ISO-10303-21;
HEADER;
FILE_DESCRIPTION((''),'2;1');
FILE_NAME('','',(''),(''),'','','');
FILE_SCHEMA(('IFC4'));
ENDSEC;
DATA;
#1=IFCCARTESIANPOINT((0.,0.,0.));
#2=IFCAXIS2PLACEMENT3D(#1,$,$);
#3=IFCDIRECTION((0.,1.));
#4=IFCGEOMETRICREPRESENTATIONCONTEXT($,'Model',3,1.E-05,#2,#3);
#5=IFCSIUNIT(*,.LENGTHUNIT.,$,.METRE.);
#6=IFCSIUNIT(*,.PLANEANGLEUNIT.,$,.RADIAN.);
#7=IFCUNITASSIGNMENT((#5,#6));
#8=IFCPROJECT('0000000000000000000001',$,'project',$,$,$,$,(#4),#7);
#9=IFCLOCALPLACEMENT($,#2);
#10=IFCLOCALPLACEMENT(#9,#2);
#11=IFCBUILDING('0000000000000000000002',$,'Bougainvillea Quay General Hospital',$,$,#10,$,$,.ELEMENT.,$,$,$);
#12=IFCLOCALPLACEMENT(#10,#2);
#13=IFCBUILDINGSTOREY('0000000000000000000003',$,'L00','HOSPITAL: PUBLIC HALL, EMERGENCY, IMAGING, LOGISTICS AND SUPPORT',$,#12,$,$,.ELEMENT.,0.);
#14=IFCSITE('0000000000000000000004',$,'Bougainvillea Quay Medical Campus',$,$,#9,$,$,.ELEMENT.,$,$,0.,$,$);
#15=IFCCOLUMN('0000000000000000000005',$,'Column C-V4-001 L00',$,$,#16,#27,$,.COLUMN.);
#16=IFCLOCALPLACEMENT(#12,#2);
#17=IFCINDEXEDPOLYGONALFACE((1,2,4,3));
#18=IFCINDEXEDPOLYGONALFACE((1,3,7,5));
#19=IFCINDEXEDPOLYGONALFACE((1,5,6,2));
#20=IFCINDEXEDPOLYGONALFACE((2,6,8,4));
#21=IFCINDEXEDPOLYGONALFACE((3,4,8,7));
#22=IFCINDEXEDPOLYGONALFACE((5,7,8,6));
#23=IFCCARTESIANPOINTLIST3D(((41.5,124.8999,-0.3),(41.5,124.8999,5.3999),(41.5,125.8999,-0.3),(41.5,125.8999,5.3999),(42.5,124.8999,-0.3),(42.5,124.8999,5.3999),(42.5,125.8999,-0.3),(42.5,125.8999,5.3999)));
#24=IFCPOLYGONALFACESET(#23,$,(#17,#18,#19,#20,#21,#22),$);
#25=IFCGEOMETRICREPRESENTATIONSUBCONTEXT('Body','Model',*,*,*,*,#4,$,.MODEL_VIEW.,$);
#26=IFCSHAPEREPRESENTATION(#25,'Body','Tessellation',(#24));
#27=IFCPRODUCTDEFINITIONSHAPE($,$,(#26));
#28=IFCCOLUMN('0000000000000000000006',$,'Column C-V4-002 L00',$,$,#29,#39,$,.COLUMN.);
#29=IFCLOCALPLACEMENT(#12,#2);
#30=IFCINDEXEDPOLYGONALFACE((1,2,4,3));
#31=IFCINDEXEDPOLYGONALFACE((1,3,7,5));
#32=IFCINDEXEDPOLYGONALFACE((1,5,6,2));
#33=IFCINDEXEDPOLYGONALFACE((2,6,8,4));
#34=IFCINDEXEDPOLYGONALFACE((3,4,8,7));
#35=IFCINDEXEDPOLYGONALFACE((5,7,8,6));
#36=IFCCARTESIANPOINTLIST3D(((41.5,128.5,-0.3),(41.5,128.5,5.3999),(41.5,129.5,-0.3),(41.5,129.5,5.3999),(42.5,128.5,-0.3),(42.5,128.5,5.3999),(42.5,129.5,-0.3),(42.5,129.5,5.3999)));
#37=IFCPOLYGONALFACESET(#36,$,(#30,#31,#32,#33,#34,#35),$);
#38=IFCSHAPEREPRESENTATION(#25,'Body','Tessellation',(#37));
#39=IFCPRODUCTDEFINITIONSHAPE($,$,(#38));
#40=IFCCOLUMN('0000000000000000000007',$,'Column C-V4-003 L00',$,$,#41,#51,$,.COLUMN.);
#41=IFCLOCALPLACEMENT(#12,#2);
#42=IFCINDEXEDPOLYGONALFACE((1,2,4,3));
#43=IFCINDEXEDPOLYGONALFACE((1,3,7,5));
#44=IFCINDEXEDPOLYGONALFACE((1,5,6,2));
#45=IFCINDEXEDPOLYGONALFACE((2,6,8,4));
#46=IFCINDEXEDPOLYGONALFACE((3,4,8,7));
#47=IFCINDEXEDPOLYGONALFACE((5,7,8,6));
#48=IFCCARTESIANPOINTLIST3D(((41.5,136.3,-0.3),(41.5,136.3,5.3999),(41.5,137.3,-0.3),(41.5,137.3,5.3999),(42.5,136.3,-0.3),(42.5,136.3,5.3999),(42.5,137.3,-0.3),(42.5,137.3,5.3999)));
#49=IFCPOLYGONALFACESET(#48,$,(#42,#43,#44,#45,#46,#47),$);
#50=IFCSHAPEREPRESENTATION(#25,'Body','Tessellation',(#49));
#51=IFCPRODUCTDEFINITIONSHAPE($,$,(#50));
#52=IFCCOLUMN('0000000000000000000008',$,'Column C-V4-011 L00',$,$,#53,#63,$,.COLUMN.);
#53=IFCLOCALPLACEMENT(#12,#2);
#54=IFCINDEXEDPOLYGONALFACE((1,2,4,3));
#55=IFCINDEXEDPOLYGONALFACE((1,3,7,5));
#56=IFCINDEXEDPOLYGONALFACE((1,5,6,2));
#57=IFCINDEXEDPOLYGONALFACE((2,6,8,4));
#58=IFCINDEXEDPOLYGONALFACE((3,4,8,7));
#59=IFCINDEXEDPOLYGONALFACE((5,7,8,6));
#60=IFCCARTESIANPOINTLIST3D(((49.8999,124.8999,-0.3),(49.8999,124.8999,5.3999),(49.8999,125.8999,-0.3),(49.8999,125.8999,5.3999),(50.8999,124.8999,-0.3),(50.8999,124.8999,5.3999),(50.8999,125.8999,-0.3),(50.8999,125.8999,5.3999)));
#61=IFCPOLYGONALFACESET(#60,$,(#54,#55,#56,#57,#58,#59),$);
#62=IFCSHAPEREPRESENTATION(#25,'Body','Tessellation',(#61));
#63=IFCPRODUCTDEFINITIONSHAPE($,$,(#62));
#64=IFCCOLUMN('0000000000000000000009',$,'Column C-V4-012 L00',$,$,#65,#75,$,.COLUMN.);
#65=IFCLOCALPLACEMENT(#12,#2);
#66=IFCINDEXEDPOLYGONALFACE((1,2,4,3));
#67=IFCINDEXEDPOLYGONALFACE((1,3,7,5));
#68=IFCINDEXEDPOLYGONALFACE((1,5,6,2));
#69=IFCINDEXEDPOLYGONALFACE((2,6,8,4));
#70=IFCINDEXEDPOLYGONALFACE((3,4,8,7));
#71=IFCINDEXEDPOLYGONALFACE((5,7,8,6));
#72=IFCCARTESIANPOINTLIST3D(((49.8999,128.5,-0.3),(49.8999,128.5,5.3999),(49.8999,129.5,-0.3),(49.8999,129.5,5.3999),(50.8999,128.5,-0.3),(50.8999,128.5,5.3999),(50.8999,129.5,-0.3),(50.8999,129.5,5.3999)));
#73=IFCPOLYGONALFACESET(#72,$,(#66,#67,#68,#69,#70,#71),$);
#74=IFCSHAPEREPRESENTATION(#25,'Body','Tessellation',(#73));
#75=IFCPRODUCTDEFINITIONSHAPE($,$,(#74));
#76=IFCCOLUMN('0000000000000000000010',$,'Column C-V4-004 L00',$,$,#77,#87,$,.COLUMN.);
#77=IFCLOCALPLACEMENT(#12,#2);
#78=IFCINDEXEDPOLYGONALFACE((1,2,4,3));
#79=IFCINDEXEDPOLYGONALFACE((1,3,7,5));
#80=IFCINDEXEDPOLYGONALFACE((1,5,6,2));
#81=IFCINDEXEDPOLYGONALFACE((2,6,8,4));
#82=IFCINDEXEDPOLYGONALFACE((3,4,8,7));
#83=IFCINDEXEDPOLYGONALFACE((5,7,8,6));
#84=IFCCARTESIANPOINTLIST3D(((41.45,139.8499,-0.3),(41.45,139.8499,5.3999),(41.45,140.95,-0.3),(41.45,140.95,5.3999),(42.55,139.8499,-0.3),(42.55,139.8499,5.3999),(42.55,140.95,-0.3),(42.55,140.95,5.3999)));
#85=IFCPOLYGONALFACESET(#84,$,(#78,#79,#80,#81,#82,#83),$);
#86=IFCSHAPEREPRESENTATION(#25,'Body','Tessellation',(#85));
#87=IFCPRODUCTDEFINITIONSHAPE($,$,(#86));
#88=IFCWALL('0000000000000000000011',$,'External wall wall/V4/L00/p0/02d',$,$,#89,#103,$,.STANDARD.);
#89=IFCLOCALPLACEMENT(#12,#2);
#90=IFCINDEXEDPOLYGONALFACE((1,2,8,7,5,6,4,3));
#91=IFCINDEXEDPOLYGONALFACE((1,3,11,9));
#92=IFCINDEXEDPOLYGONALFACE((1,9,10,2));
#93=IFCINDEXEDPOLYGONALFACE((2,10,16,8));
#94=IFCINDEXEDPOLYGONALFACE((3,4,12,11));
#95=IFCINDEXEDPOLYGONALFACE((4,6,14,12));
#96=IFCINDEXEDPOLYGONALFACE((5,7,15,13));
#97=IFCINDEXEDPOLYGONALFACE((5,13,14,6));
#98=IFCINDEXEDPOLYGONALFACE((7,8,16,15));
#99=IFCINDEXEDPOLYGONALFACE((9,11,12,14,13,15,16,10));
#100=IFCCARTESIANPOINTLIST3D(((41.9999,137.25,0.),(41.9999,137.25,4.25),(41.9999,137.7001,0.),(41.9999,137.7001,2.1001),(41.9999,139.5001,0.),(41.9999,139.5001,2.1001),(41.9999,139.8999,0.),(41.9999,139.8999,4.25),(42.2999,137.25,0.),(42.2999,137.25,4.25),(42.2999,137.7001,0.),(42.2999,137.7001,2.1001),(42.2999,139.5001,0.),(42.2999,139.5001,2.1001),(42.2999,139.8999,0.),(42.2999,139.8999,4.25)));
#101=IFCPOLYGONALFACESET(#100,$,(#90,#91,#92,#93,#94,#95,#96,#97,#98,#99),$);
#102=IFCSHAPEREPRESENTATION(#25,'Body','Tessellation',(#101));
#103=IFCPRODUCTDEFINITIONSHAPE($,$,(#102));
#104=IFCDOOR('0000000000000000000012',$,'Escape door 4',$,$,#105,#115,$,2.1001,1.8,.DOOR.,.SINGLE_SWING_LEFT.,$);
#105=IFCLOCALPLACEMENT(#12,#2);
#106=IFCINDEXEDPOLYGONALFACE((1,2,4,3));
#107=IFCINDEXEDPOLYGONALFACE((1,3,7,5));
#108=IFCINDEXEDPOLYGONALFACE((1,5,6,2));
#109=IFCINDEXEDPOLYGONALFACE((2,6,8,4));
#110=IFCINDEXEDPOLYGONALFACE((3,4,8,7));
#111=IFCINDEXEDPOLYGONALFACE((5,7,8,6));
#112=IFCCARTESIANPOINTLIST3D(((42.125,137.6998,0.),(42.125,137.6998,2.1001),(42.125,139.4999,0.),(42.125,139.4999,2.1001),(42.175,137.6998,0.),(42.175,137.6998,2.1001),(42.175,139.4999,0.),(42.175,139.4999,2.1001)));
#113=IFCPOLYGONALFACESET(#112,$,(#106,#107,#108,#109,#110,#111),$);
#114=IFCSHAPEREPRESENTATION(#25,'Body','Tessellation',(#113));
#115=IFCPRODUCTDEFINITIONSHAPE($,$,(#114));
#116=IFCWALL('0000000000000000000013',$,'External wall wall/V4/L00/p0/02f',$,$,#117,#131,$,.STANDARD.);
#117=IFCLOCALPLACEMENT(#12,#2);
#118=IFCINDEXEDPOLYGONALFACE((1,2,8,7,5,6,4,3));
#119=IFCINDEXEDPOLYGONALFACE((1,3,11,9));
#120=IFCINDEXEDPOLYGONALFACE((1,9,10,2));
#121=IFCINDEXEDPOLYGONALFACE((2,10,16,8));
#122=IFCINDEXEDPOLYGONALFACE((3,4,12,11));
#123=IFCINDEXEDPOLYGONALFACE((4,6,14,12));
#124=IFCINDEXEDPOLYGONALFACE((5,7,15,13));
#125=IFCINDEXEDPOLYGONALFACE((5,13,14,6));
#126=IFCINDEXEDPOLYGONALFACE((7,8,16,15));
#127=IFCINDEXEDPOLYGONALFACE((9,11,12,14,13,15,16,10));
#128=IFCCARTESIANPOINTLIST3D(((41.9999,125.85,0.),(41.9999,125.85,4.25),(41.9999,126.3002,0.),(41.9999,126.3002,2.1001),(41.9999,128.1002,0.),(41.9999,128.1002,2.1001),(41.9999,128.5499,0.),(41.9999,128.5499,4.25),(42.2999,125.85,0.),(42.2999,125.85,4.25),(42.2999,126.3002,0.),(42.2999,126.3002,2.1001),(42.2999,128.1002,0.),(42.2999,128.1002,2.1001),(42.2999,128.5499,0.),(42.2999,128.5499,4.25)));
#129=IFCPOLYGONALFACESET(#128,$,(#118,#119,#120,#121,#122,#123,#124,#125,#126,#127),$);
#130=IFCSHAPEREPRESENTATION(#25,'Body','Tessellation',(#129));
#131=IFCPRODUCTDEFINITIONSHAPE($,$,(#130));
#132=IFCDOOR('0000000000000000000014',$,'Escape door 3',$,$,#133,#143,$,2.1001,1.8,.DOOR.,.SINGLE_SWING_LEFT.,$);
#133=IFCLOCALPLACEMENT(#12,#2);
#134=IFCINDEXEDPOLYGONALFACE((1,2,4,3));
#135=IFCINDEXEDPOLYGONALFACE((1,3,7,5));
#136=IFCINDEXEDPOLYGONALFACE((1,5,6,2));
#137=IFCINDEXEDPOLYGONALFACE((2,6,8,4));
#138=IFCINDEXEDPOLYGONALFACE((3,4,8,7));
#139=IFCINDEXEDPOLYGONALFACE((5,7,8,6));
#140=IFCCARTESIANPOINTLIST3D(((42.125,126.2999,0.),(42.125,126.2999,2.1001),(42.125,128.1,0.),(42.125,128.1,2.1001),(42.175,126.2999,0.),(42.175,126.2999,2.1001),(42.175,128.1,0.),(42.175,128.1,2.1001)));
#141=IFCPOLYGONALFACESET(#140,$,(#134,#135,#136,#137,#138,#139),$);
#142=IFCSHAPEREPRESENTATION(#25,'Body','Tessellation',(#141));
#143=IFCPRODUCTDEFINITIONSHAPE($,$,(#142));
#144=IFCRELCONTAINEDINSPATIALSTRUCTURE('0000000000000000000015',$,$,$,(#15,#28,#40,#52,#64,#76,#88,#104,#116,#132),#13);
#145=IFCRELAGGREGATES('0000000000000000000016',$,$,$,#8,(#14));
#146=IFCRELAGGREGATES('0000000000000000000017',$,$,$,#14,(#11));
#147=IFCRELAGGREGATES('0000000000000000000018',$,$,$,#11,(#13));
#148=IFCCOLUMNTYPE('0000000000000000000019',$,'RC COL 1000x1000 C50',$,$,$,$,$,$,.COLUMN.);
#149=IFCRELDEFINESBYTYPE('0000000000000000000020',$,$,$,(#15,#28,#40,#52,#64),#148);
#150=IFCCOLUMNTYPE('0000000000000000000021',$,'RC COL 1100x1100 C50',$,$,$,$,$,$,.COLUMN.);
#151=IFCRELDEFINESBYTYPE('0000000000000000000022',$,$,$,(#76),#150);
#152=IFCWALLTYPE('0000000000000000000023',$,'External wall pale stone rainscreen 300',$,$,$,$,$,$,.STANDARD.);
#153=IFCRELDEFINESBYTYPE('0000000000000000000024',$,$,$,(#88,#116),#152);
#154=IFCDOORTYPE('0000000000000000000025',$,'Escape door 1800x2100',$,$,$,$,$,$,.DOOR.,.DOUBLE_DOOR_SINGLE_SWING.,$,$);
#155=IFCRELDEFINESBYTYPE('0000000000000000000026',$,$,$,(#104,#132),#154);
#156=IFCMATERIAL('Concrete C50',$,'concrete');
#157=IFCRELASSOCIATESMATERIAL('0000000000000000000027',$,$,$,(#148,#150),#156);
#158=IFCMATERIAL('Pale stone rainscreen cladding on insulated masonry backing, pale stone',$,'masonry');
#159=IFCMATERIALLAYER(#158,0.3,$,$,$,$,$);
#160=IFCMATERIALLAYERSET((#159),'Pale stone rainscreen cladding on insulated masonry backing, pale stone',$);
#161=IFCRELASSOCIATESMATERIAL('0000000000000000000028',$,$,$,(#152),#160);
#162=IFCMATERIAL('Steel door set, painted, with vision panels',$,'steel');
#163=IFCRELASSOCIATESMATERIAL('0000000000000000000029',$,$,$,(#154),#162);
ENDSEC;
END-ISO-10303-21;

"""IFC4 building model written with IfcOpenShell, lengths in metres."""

from ifc_helpers import new_model, si_unit, direction, frame, frame_2d, origin, origin_2d, place, context, subcontext, project, spatial, rectangle, extrude, material, layer, layer_set, material_profile, profile_set, type_object, element, fill, save


model = new_model("IFC4")

# Units and contexts
model_context = context("Model", 3, precision=1e-05, world=origin(), true_north=direction((0.0, 1.0)))
body_context = subcontext(model_context, "Body", "Model", "MODEL_VIEW")
ifc_project = project(units=[si_unit("LENGTHUNIT", "METRE"), si_unit("PLANEANGLEUNIT", "RADIAN")], contexts=[model_context])

# Site, building, storey
site_placement = place(None, origin())
site = spatial("IfcSite", under=ifc_project, at=site_placement, Name="Bougainvillea Quay Medical Campus", CompositionType="ELEMENT", RefElevation=0.0)
building_placement = place(site_placement, origin())
building = spatial("IfcBuilding", under=site, at=building_placement, Name="Bougainvillea Quay General Hospital", CompositionType="ELEMENT")
storey_placement = place(building_placement, origin())
storey = spatial("IfcBuildingStorey", under=building, at=storey_placement, Name="L00", Description="HOSPITAL: PUBLIC HALL, EMERGENCY, IMAGING, LOGISTICS AND SUPPORT", CompositionType="ELEMENT", Elevation=0.0)

# Columns
ifc_material_1 = material(Name="Concrete C50", Category="concrete")
ifc_material_profile_1 = material_profile(ifc_material_1, rectangle(XDim=1.0, YDim=1.0, at=origin_2d()))
ifc_profile_set_1 = profile_set([ifc_material_profile_1], Name="Concrete C50")
column_type_1 = type_object("IfcColumnType", Name="RC COL 1000x1000 C50", PredefinedType="COLUMN", material=ifc_profile_set_1)
for number, where, z_axis, x_axis, name in (
    (1, (42.0, 125.3999, -0.3), (0.0, 0.0, 1.0), (1.0, 0.0, 0.0), "Column C-V4-001 L00"),
    (2, (42.0, 129.0, -0.3), (0.0, 0.0, 1.0), (1.0, 0.0, 0.0), "Column C-V4-002 L00"),
    (3, (42.0, 136.8, -0.3), (0.0, 0.0, 1.0), (1.0, 0.0, 0.0), "Column C-V4-003 L00"),
    (4, (50.3999, 125.3999, -0.3), (0.0, 0.0, 1.0), (1.0, 0.0, 0.0), "Column C-V4-011 L00"),
    (5, (50.3999, 129.0, -0.3), (0.0, 0.0, 1.0), (1.0, 0.0, 0.0), "Column C-V4-012 L00"),
):
    element("IfcColumn", number, at=place(storey_placement, frame(where, z_axis=z_axis, x_axis=x_axis)), inside=storey, type_object=column_type_1, Name=name, PredefinedType="COLUMN", context=body_context, shape_type="SweptSolid", body=[
        extrude(rectangle(XDim=1.0, YDim=1.0, at=origin_2d()), origin(), (0.0, 0.0, 1.0), 5.7),
    ])
ifc_material_profile_2 = material_profile(ifc_material_1, rectangle(XDim=1.1001, YDim=1.1001, at=origin_2d()))
ifc_profile_set_2 = profile_set([ifc_material_profile_2], Name="Concrete C50")
column_type_2 = type_object("IfcColumnType", Name="RC COL 1100x1100 C50", PredefinedType="COLUMN", material=ifc_profile_set_2)
column_placement = place(storey_placement, frame((42.0, 140.3999, -0.3), z_axis=(0.0, 0.0, 1.0), x_axis=(1.0, 0.0, 0.0)))
element("IfcColumn", 6, at=column_placement, inside=storey, type_object=column_type_2, Name="Column C-V4-004 L00", PredefinedType="COLUMN", context=body_context, shape_type="SweptSolid", body=[
    extrude(rectangle(XDim=1.1001, YDim=1.1001, at=origin_2d()), origin(), (0.0, 0.0, 1.0), 5.7),
])

# Walls, openings, doors
ifc_material_2 = material(Name="Pale stone rainscreen cladding on insulated masonry backing, pale stone", Category="masonry")
ifc_layer_1 = layer(ifc_material_2, 0.3)
ifc_layer_set_1 = layer_set([ifc_layer_1], Name="Pale stone rainscreen cladding on insulated masonry backing, pale stone")
wall_type_1 = type_object("IfcWallType", Name="External wall pale stone rainscreen 300", PredefinedType="STANDARD", material=ifc_layer_set_1)
wall_1_placement = place(storey_placement, frame((42.1499, 139.8999, 0.0), z_axis=(0.0, 0.0, 1.0), x_axis=(0.0, -1.0, 0.0)))
wall_1 = element("IfcWall", 7, at=wall_1_placement, inside=storey, type_object=wall_type_1, Name="External wall wall/V4/L00/p0/02d", PredefinedType="STANDARD", context=body_context, shape_type="SweptSolid", body=[
    extrude(rectangle(XDim=2.6499, YDim=0.3, at=frame_2d((1.325, 0.0))), origin(), (0.0, 0.0, 1.0), 4.25),
])
opening_1_placement = place(wall_1_placement, frame((0.3999, 0.0, 0.0)))
opening_1 = element("IfcOpeningElement", 8, at=opening_1_placement, cuts=wall_1, PredefinedType="OPENING", context=body_context, shape_type="SweptSolid", body=[
    extrude(rectangle(XDim=1.8, YDim=2.1001, at=frame_2d((0.8999, 1.05))), frame((0.0, 0.1599, 0.0), z_axis=(0.0, -1.0, 0.0), x_axis=(1.0, 0.0, 0.0)), (0.0, 0.0, 1.0), 0.3201),
])
ifc_material_3 = material(Name="Steel door set, painted, with vision panels", Category="steel")
door_type_1 = type_object("IfcDoorType", Name="Escape door 1800x2100", OperationType="DOUBLE_DOOR_SINGLE_SWING", PredefinedType="DOOR", material=ifc_material_3)
door_1_placement = place(opening_1_placement, frame((1.8, 0.0, 0.0), z_axis=(0.0, 0.0, 1.0), x_axis=(-1.0, 0.0, 0.0)))
door_1 = element("IfcDoor", 9, at=door_1_placement, inside=storey, type_object=door_type_1, Name="Escape door 4", OperationType="SINGLE_SWING_LEFT", OverallHeight=2.1001, OverallWidth=1.8, PredefinedType="DOOR", context=body_context, shape_type="SweptSolid", body=[
    extrude(rectangle(XDim=1.8, YDim=2.1001, at=frame_2d((0.8999, 1.05))), frame((0.0, 0.0249, 0.0), z_axis=(0.0, -1.0, 0.0), x_axis=(1.0, 0.0, 0.0)), (0.0, 0.0, 1.0), 0.05),
])
fill(opening_1, door_1)
wall_2_placement = place(storey_placement, frame((42.1499, 128.55, 0.0), z_axis=(0.0, 0.0, 1.0), x_axis=(0.0, -1.0, 0.0)))
wall_2 = element("IfcWall", 10, at=wall_2_placement, inside=storey, type_object=wall_type_1, Name="External wall wall/V4/L00/p0/02f", PredefinedType="STANDARD", context=body_context, shape_type="SweptSolid", body=[
    extrude(rectangle(XDim=2.7, YDim=0.3, at=frame_2d((1.3501, 0.0))), origin(), (0.0, 0.0, 1.0), 4.25),
])
opening_2_placement = place(wall_2_placement, frame((0.45, 0.0, 0.0)))
opening_2 = element("IfcOpeningElement", 11, at=opening_2_placement, cuts=wall_2, PredefinedType="OPENING", context=body_context, shape_type="SweptSolid", body=[
    extrude(rectangle(XDim=1.8, YDim=2.1001, at=frame_2d((0.8999, 1.05))), frame((0.0, 0.1599, 0.0), z_axis=(0.0, -1.0, 0.0), x_axis=(1.0, 0.0, 0.0)), (0.0, 0.0, 1.0), 0.3201),
])
door_2_placement = place(opening_2_placement, frame((1.8, 0.0, 0.0), z_axis=(0.0, 0.0, 1.0), x_axis=(-1.0, 0.0, 0.0)))
door_2 = element("IfcDoor", 12, at=door_2_placement, inside=storey, type_object=door_type_1, Name="Escape door 3", OperationType="SINGLE_SWING_LEFT", OverallHeight=2.1001, OverallWidth=1.8, PredefinedType="DOOR", context=body_context, shape_type="SweptSolid", body=[
    extrude(rectangle(XDim=1.8, YDim=2.1001, at=frame_2d((0.8999, 1.05))), frame((0.0, 0.0249, 0.0), z_axis=(0.0, -1.0, 0.0), x_axis=(1.0, 0.0, 0.0)), (0.0, 0.0, 1.0), 0.05),
])
fill(opening_2, door_2)

save(model, "model.ifc")
